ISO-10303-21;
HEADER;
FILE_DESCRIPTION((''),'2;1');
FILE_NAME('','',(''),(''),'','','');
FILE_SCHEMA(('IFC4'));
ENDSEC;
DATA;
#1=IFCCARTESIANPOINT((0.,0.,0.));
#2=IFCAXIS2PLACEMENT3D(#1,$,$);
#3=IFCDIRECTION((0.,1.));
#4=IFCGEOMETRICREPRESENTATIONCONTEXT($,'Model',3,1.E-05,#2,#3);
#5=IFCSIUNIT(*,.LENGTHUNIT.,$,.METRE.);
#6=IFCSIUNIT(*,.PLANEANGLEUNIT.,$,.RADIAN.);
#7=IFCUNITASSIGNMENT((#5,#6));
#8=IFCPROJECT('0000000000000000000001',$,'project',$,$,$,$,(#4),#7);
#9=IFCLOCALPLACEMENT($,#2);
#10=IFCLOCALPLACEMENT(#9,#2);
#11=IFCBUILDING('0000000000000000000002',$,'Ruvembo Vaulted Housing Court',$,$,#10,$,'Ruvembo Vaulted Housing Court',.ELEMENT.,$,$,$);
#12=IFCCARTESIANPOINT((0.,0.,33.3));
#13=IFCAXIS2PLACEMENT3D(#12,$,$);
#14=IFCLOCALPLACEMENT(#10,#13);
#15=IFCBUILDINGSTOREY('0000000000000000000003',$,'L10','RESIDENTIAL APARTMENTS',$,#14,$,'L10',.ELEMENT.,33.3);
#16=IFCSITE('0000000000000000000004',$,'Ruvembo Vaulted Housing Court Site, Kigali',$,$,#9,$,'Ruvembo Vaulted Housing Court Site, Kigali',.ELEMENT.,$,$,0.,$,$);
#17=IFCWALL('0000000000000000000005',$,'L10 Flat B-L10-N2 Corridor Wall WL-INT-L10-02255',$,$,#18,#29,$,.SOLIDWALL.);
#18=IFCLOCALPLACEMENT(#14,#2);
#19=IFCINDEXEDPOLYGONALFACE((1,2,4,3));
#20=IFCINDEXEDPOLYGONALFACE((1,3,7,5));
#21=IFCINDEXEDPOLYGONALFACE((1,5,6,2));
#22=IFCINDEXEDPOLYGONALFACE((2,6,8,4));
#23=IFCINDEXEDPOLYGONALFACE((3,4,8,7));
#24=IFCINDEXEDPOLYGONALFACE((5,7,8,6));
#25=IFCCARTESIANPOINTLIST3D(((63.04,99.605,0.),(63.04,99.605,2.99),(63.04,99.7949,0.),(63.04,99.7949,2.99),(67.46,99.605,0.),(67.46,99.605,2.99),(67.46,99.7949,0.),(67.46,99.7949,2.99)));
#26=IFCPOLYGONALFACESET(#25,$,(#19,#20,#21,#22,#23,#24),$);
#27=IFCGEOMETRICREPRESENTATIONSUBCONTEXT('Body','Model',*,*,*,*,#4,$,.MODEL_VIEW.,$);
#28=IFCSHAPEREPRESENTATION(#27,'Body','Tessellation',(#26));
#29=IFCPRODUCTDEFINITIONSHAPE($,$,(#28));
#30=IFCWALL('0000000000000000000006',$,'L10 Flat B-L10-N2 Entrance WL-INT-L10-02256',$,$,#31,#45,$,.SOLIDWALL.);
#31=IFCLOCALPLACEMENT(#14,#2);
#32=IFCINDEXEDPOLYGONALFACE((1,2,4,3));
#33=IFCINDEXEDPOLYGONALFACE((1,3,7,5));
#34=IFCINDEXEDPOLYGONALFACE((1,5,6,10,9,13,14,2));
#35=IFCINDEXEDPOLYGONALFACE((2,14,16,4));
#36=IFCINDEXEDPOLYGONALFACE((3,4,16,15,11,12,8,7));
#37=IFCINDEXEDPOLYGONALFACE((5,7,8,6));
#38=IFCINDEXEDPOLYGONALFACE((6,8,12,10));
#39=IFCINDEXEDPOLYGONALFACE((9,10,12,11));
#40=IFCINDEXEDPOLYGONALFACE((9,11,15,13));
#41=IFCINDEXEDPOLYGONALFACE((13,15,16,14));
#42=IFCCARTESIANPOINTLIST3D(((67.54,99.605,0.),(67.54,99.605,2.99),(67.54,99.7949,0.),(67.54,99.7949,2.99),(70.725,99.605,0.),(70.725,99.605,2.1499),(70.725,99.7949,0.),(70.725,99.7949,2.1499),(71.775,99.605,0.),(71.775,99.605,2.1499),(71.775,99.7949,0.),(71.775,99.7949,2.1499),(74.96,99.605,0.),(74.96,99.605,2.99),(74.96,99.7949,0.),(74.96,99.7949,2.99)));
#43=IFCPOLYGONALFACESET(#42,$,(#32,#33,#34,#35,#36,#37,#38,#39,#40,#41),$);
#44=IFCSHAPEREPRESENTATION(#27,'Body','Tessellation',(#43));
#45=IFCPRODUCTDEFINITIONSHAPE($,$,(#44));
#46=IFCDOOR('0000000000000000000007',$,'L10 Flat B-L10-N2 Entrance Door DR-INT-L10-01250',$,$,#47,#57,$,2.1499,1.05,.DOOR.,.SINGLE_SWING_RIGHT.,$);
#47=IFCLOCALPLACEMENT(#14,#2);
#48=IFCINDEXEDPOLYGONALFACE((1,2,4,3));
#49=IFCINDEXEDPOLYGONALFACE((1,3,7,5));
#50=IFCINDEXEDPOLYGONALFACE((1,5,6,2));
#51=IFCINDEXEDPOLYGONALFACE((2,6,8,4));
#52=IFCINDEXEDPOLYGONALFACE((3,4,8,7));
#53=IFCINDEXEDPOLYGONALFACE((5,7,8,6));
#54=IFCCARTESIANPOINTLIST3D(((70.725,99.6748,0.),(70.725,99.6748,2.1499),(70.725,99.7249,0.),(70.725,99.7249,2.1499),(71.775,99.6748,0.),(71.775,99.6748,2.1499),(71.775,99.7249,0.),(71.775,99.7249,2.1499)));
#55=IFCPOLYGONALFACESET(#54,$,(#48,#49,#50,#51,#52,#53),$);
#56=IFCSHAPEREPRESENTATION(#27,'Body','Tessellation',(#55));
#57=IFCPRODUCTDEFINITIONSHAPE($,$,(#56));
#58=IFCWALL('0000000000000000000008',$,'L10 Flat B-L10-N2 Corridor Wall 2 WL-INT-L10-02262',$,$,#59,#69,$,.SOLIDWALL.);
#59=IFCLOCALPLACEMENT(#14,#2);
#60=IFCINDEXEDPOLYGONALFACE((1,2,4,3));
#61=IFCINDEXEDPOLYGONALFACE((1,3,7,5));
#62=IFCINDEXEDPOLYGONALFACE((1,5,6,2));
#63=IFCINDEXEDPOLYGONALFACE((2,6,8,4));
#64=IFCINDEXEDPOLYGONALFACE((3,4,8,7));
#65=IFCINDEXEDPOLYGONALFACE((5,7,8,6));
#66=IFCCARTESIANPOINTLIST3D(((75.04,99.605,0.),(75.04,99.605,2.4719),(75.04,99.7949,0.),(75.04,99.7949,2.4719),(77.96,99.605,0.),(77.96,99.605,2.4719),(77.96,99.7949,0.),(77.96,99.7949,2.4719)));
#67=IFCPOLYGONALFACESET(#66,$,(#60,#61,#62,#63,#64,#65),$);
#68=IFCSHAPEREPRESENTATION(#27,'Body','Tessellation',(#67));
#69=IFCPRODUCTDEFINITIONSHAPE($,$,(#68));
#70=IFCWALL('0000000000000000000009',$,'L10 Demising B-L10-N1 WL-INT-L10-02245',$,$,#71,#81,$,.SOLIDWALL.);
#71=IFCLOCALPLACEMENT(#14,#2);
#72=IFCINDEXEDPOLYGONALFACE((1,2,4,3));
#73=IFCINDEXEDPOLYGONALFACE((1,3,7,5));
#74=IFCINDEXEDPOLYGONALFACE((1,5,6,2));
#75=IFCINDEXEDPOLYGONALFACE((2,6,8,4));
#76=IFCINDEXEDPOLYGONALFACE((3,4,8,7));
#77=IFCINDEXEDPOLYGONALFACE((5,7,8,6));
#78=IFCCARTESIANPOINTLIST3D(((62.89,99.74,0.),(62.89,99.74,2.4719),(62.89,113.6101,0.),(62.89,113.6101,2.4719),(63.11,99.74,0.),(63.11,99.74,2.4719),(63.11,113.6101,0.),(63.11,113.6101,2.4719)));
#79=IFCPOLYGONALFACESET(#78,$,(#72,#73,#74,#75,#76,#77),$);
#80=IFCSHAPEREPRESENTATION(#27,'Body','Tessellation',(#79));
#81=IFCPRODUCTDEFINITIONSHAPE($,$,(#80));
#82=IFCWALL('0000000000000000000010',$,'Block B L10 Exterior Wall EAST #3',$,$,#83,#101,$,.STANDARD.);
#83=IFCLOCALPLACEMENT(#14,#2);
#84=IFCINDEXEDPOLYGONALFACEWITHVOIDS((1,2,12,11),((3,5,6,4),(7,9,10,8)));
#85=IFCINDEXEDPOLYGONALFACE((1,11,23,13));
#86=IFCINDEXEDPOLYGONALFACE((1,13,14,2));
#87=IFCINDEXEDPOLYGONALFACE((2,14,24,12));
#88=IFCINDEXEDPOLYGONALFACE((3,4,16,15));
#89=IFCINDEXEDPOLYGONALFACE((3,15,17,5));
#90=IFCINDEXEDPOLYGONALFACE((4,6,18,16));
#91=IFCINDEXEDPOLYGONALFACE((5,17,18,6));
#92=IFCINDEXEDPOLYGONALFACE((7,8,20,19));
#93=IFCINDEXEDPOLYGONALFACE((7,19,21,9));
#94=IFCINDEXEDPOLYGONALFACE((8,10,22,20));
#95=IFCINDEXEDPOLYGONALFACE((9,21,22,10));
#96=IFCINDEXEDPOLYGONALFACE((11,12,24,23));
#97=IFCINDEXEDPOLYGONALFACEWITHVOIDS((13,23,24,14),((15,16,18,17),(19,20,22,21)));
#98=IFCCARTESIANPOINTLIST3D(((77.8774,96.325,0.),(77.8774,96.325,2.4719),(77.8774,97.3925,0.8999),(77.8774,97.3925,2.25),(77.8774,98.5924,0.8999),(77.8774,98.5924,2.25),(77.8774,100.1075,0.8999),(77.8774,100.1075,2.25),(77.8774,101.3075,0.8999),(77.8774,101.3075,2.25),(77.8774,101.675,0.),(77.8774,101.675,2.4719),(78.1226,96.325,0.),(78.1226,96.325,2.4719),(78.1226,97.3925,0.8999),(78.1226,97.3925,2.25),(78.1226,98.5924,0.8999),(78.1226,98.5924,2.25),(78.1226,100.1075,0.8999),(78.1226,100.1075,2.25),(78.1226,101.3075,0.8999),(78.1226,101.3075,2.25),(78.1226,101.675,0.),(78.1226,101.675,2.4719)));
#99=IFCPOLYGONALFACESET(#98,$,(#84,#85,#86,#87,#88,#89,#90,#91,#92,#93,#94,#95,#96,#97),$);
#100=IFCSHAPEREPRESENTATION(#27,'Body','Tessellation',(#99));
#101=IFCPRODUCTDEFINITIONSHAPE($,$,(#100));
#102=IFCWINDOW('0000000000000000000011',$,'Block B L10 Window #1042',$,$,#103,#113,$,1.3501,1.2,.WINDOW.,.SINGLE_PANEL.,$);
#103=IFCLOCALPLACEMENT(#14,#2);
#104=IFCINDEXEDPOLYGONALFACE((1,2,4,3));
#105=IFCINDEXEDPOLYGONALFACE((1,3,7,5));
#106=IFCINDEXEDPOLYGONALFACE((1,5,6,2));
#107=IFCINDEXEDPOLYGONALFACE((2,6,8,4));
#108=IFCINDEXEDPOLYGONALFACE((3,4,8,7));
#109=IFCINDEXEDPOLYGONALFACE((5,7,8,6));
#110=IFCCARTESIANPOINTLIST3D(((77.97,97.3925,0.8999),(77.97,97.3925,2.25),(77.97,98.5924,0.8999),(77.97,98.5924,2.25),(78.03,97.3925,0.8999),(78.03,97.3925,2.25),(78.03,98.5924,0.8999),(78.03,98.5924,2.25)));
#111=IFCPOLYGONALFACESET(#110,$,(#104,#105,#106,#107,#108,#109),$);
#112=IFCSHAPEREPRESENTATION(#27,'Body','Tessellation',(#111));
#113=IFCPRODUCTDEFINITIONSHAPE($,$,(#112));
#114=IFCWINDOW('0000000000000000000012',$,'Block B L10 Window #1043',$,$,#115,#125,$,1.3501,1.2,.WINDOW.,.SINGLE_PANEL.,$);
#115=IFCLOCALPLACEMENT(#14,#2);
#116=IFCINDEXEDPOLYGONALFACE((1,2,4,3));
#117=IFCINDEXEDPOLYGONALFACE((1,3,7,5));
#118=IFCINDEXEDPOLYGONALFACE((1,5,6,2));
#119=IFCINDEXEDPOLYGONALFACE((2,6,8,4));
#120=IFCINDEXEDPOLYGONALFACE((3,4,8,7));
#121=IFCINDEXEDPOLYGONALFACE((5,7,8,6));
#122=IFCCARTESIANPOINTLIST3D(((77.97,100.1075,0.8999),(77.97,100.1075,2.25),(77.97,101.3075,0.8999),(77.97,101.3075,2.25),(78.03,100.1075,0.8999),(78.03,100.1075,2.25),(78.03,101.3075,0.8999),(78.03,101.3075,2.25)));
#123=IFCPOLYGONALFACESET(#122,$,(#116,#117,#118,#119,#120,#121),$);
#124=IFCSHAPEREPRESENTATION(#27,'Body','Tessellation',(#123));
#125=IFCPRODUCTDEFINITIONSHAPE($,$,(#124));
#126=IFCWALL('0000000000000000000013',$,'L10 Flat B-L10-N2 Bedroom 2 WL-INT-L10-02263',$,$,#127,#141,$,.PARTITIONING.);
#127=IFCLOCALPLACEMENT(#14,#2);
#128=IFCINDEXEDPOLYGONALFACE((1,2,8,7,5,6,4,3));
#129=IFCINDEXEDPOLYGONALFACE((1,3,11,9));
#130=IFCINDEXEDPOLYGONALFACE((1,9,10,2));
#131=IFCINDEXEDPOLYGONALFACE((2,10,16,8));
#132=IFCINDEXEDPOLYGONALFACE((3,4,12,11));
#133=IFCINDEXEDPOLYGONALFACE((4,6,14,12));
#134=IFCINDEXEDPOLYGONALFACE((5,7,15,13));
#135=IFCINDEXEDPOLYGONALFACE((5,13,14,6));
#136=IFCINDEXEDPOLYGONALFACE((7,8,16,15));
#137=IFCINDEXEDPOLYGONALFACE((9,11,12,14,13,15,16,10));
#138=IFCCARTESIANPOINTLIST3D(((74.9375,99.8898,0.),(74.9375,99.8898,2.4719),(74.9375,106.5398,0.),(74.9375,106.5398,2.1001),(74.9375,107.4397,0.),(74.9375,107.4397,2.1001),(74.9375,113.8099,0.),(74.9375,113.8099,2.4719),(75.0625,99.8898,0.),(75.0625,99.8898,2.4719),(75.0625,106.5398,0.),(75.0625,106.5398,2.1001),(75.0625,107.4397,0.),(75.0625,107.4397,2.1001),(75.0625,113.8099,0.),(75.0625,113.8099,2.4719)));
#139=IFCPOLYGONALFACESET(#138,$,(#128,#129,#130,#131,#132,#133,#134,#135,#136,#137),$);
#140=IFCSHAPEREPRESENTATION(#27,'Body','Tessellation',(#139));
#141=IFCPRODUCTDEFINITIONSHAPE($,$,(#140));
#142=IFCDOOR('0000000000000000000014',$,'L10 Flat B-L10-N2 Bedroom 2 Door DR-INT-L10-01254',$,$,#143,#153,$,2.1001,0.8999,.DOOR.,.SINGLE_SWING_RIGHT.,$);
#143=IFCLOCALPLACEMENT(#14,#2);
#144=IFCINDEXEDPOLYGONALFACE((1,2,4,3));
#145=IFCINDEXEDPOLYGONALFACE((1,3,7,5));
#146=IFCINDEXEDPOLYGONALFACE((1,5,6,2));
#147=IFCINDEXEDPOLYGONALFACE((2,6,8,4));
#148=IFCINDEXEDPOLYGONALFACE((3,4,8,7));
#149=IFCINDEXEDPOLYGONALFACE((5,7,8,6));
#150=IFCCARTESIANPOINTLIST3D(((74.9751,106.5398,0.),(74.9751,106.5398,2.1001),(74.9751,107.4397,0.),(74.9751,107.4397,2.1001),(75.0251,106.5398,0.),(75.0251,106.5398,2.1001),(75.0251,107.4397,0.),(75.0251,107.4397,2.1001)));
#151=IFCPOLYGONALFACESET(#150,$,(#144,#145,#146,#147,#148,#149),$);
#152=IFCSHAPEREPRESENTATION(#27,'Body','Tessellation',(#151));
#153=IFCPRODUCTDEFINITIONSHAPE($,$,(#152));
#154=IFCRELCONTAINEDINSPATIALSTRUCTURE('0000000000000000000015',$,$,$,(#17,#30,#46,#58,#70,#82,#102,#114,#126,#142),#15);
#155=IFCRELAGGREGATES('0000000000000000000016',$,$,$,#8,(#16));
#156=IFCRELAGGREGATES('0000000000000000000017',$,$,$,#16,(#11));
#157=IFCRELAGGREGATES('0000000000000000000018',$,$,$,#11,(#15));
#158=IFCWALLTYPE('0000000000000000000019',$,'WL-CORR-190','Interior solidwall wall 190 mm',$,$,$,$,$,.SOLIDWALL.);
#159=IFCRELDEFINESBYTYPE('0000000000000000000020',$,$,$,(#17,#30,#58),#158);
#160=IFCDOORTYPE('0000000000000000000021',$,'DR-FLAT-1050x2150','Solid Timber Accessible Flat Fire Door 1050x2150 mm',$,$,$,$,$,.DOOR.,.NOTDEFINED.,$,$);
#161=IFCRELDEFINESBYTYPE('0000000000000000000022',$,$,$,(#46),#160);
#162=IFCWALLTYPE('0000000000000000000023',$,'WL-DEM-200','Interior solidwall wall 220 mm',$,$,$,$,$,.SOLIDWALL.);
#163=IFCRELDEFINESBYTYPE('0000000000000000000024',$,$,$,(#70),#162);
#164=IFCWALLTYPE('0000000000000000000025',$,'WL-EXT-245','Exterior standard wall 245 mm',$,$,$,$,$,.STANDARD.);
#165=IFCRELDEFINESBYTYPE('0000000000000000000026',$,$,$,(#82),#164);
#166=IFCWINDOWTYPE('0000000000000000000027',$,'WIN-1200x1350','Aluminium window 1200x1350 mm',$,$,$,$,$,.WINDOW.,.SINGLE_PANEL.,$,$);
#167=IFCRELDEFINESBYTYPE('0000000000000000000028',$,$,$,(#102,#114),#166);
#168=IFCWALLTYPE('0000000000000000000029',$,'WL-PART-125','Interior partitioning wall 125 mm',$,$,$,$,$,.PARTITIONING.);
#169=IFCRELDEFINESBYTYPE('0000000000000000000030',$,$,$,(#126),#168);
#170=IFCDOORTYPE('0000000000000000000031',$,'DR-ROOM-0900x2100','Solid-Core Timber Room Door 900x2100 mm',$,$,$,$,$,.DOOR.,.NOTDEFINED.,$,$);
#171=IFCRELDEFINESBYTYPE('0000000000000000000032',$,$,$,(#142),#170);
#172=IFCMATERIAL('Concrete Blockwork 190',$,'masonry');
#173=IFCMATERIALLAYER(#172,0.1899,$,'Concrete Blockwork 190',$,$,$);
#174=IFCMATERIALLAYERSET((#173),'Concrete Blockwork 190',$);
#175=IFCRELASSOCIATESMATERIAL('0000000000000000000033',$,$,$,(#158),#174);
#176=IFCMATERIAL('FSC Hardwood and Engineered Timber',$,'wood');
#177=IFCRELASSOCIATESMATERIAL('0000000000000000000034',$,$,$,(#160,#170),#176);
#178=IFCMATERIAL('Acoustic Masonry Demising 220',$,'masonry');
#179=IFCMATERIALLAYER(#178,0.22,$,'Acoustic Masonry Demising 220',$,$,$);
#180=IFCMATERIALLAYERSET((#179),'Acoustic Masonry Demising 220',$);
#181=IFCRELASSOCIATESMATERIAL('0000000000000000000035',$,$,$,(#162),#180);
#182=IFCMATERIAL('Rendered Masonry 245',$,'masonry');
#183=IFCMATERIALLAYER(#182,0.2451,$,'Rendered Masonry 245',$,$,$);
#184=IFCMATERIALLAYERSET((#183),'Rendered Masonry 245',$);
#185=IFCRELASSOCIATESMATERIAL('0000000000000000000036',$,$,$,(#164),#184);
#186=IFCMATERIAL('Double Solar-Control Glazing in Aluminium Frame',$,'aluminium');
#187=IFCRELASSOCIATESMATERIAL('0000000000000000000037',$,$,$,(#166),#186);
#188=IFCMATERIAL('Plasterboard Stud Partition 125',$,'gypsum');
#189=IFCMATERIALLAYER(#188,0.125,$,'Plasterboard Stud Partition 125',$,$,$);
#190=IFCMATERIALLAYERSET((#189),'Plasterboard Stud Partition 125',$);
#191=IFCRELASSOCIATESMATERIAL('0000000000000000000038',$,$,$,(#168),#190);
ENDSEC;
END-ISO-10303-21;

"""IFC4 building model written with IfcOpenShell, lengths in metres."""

from ifc_helpers import new_model, si_unit, direction, frame, frame_2d, origin, place, context, subcontext, project, spatial, rectangle, extrude, material, layer, layer_set, type_object, element, fill, save


model = new_model("IFC4")

# Units and contexts
model_context = context("Model", 3, precision=1e-05, world=origin(), true_north=direction((0.0, 1.0)))
body_context = subcontext(model_context, "Body", "Model", "MODEL_VIEW")
ifc_project = project(units=[si_unit("LENGTHUNIT", "METRE"), si_unit("PLANEANGLEUNIT", "RADIAN")], contexts=[model_context])

# Site, building, storey
site_placement = place(None, origin())
site = spatial("IfcSite", under=ifc_project, at=site_placement, Name="Ruvembo Vaulted Housing Court Site, Kigali", LongName="Ruvembo Vaulted Housing Court Site, Kigali", CompositionType="ELEMENT", RefElevation=0.0)
building_placement = place(site_placement, origin())
building = spatial("IfcBuilding", under=site, at=building_placement, Name="Ruvembo Vaulted Housing Court", LongName="Ruvembo Vaulted Housing Court", CompositionType="ELEMENT")
storey_placement = place(building_placement, frame((0.0, 0.0, 33.3)))
storey = spatial("IfcBuildingStorey", under=building, at=storey_placement, Name="L10", Description="RESIDENTIAL APARTMENTS", LongName="L10", CompositionType="ELEMENT", Elevation=33.3)

# Wall
ifc_material_1 = material(Name="Concrete Blockwork 190", Category="masonry")
ifc_layer_1 = layer(ifc_material_1, 0.1899, Name="Concrete Blockwork 190")
ifc_layer_set_1 = layer_set([ifc_layer_1], Name="Concrete Blockwork 190")
wall_type_1 = type_object("IfcWallType", Name="WL-CORR-190", Description="Interior solidwall wall 190 mm", PredefinedType="SOLIDWALL", material=ifc_layer_set_1)
wall_1_placement = place(storey_placement, frame((63.04, 99.7, 0.0), z_axis=(0.0, 0.0, 1.0), x_axis=(1.0, 0.0, 0.0)))
element("IfcWall", 1, at=wall_1_placement, inside=storey, type_object=wall_type_1, Name="L10 Flat B-L10-N2 Corridor Wall WL-INT-L10-02255", PredefinedType="SOLIDWALL", context=body_context, shape_type="SweptSolid", body=[
    extrude(rectangle(XDim=4.4199, YDim=0.1899, at=frame_2d((2.21, 0.0))), origin(), (0.0, 0.0, 1.0), 2.99),
])

# Wall, opening, door
wall_2_placement = place(storey_placement, frame((67.54, 99.7, 0.0), z_axis=(0.0, 0.0, 1.0), x_axis=(1.0, 0.0, 0.0)))
wall_2 = element("IfcWall", 2, at=wall_2_placement, inside=storey, type_object=wall_type_1, Name="L10 Flat B-L10-N2 Entrance WL-INT-L10-02256", PredefinedType="SOLIDWALL", context=body_context, shape_type="SweptSolid", body=[
    extrude(rectangle(XDim=7.4199, YDim=0.1899, at=frame_2d((3.71, 0.0))), origin(), (0.0, 0.0, 1.0), 2.99),
])
opening_1_placement = place(wall_2_placement, frame((3.1851, 0.0, 0.0)))
opening_1 = element("IfcOpeningElement", 3, at=opening_1_placement, cuts=wall_2, PredefinedType="OPENING", context=body_context, shape_type="SweptSolid", body=[
    extrude(rectangle(XDim=1.05, YDim=2.1499, at=frame_2d((0.5249, 1.075))), frame((0.0, 0.105, 0.0), z_axis=(0.0, -1.0, 0.0), x_axis=(1.0, 0.0, 0.0)), (0.0, 0.0, 1.0), 0.21),
])
ifc_material_2 = material(Name="FSC Hardwood and Engineered Timber", Category="wood")
door_type_1 = type_object("IfcDoorType", Name="DR-FLAT-1050x2150", Description="Solid Timber Accessible Flat Fire Door 1050x2150 mm", OperationType="NOTDEFINED", PredefinedType="DOOR", material=ifc_material_2)
door_1_placement = place(opening_1_placement, origin())
door_1 = element("IfcDoor", 4, at=door_1_placement, inside=storey, type_object=door_type_1, Name="L10 Flat B-L10-N2 Entrance Door DR-INT-L10-01250", OperationType="SINGLE_SWING_RIGHT", OverallHeight=2.1499, OverallWidth=1.05, PredefinedType="DOOR", context=body_context, shape_type="SweptSolid", body=[
    extrude(rectangle(XDim=1.05, YDim=2.1499, at=frame_2d((0.5249, 1.075))), frame((0.0, 0.0249, 0.0), z_axis=(0.0, -1.0, 0.0), x_axis=(1.0, 0.0, 0.0)), (0.0, 0.0, 1.0), 0.05),
])
fill(opening_1, door_1)

# Walls
wall_3_placement = place(storey_placement, frame((75.04, 99.7, 0.0), z_axis=(0.0, 0.0, 1.0), x_axis=(1.0, 0.0, 0.0)))
element("IfcWall", 5, at=wall_3_placement, inside=storey, type_object=wall_type_1, Name="L10 Flat B-L10-N2 Corridor Wall 2 WL-INT-L10-02262", PredefinedType="SOLIDWALL", context=body_context, shape_type="SweptSolid", body=[
    extrude(rectangle(XDim=2.9199, YDim=0.1899, at=frame_2d((1.46, 0.0))), origin(), (0.0, 0.0, 1.0), 2.4719),
])
ifc_material_3 = material(Name="Acoustic Masonry Demising 220", Category="masonry")
ifc_layer_2 = layer(ifc_material_3, 0.22, Name="Acoustic Masonry Demising 220")
ifc_layer_set_2 = layer_set([ifc_layer_2], Name="Acoustic Masonry Demising 220")
wall_type_2 = type_object("IfcWallType", Name="WL-DEM-200", Description="Interior solidwall wall 220 mm", PredefinedType="SOLIDWALL", material=ifc_layer_set_2)
wall_4_placement = place(storey_placement, frame((63.0, 99.74, 0.0), z_axis=(0.0, 0.0, 1.0), x_axis=(0.0, 1.0, 0.0)))
element("IfcWall", 6, at=wall_4_placement, inside=storey, type_object=wall_type_2, Name="L10 Demising B-L10-N1 WL-INT-L10-02245", PredefinedType="SOLIDWALL", context=body_context, shape_type="SweptSolid", body=[
    extrude(rectangle(XDim=13.8701, YDim=0.22, at=frame_2d((6.9351, 0.0))), origin(), (0.0, 0.0, 1.0), 2.4719),
])

# Wall, openings, windows
ifc_material_4 = material(Name="Rendered Masonry 245", Category="masonry")
ifc_layer_3 = layer(ifc_material_4, 0.2451, Name="Rendered Masonry 245")
ifc_layer_set_3 = layer_set([ifc_layer_3], Name="Rendered Masonry 245")
wall_type_3 = type_object("IfcWallType", Name="WL-EXT-245", Description="Exterior standard wall 245 mm", PredefinedType="STANDARD", material=ifc_layer_set_3)
wall_5_placement = place(storey_placement, frame((78.0, 96.325, 0.0), z_axis=(0.0, 0.0, 1.0), x_axis=(0.0, 1.0, 0.0)))
wall_5 = element("IfcWall", 7, at=wall_5_placement, inside=storey, type_object=wall_type_3, Name="Block B L10 Exterior Wall EAST #3", PredefinedType="STANDARD", context=body_context, shape_type="SweptSolid", body=[
    extrude(rectangle(XDim=5.3501, YDim=0.2451, at=frame_2d((2.675, 0.0))), origin(), (0.0, 0.0, 1.0), 2.4719),
])
opening_2_placement = place(wall_5_placement, frame((1.0674, 0.0, 0.8999)))
opening_2 = element("IfcOpeningElement", 8, at=opening_2_placement, cuts=wall_5, PredefinedType="OPENING", context=body_context, shape_type="SweptSolid", body=[
    extrude(rectangle(XDim=1.2, YDim=1.3501, at=frame_2d((0.6001, 0.675))), frame((0.0, 0.1326, 0.0), z_axis=(0.0, -1.0, 0.0), x_axis=(1.0, 0.0, 0.0)), (0.0, 0.0, 1.0), 0.2651),
])
opening_3_placement = place(wall_5_placement, frame((3.7825, 0.0, 0.8999)))
opening_3 = element("IfcOpeningElement", 9, at=opening_3_placement, cuts=wall_5, PredefinedType="OPENING", context=body_context, shape_type="SweptSolid", body=[
    extrude(rectangle(XDim=1.2, YDim=1.3501, at=frame_2d((0.6001, 0.675))), frame((0.0, 0.1326, 0.0), z_axis=(0.0, -1.0, 0.0), x_axis=(1.0, 0.0, 0.0)), (0.0, 0.0, 1.0), 0.2651),
])
ifc_material_5 = material(Name="Double Solar-Control Glazing in Aluminium Frame", Category="aluminium")
window_type = type_object("IfcWindowType", Name="WIN-1200x1350", Description="Aluminium window 1200x1350 mm", PartitioningType="SINGLE_PANEL", PredefinedType="WINDOW", material=ifc_material_5)
window_1_placement = place(opening_2_placement, origin())
window_1 = element("IfcWindow", 10, at=window_1_placement, inside=storey, type_object=window_type, Name="Block B L10 Window #1042", OverallHeight=1.3501, OverallWidth=1.2, PartitioningType="SINGLE_PANEL", PredefinedType="WINDOW", context=body_context, shape_type="SweptSolid", body=[
    extrude(rectangle(XDim=1.2, YDim=1.3501, at=frame_2d((0.6001, 0.675))), frame((0.0, 0.03, 0.0), z_axis=(0.0, -1.0, 0.0), x_axis=(1.0, 0.0, 0.0)), (0.0, 0.0, 1.0), 0.0601),
])
fill(opening_2, window_1)
window_2_placement = place(opening_3_placement, origin())
window_2 = element("IfcWindow", 11, at=window_2_placement, inside=storey, type_object=window_type, Name="Block B L10 Window #1043", OverallHeight=1.3501, OverallWidth=1.2, PartitioningType="SINGLE_PANEL", PredefinedType="WINDOW", context=body_context, shape_type="SweptSolid", body=[
    extrude(rectangle(XDim=1.2, YDim=1.3501, at=frame_2d((0.6001, 0.675))), frame((0.0, 0.03, 0.0), z_axis=(0.0, -1.0, 0.0), x_axis=(1.0, 0.0, 0.0)), (0.0, 0.0, 1.0), 0.0601),
])
fill(opening_3, window_2)

# Wall, opening, door
ifc_material_6 = material(Name="Plasterboard Stud Partition 125", Category="gypsum")
ifc_layer_4 = layer(ifc_material_6, 0.125, Name="Plasterboard Stud Partition 125")
ifc_layer_set_4 = layer_set([ifc_layer_4], Name="Plasterboard Stud Partition 125")
wall_type_4 = type_object("IfcWallType", Name="WL-PART-125", Description="Interior partitioning wall 125 mm", PredefinedType="PARTITIONING", material=ifc_layer_set_4)
wall_6_placement = place(storey_placement, frame((75.0, 99.8899, 0.0), z_axis=(0.0, 0.0, 1.0), x_axis=(0.0, 1.0, 0.0)))
wall_6 = element("IfcWall", 12, at=wall_6_placement, inside=storey, type_object=wall_type_4, Name="L10 Flat B-L10-N2 Bedroom 2 WL-INT-L10-02263", PredefinedType="PARTITIONING", context=body_context, shape_type="SweptSolid", body=[
    extrude(rectangle(XDim=13.9202, YDim=0.125, at=frame_2d((6.96, 0.0))), origin(), (0.0, 0.0, 1.0), 2.4719),
])
opening_4_placement = place(wall_6_placement, frame((6.6499, 0.0, 0.0)))
opening_4 = element("IfcOpeningElement", 13, at=opening_4_placement, cuts=wall_6, PredefinedType="OPENING", context=body_context, shape_type="SweptSolid", body=[
    extrude(rectangle(XDim=0.8999, YDim=2.1001, at=frame_2d((0.45, 1.05))), frame((0.0, 0.0725, 0.0), z_axis=(0.0, -1.0, 0.0), x_axis=(1.0, 0.0, 0.0)), (0.0, 0.0, 1.0), 0.145),
])
door_type_2 = type_object("IfcDoorType", Name="DR-ROOM-0900x2100", Description="Solid-Core Timber Room Door 900x2100 mm", OperationType="NOTDEFINED", PredefinedType="DOOR", material=ifc_material_2)
door_2_placement = place(opening_4_placement, origin())
door_2 = element("IfcDoor", 14, at=door_2_placement, inside=storey, type_object=door_type_2, Name="L10 Flat B-L10-N2 Bedroom 2 Door DR-INT-L10-01254", OperationType="SINGLE_SWING_RIGHT", OverallHeight=2.1001, OverallWidth=0.8999, PredefinedType="DOOR", context=body_context, shape_type="SweptSolid", body=[
    extrude(rectangle(XDim=0.8999, YDim=2.1001, at=frame_2d((0.45, 1.05))), frame((0.0, 0.0249, 0.0), z_axis=(0.0, -1.0, 0.0), x_axis=(1.0, 0.0, 0.0)), (0.0, 0.0, 1.0), 0.05),
])
fill(opening_4, door_2)

save(model, "model.ifc")
